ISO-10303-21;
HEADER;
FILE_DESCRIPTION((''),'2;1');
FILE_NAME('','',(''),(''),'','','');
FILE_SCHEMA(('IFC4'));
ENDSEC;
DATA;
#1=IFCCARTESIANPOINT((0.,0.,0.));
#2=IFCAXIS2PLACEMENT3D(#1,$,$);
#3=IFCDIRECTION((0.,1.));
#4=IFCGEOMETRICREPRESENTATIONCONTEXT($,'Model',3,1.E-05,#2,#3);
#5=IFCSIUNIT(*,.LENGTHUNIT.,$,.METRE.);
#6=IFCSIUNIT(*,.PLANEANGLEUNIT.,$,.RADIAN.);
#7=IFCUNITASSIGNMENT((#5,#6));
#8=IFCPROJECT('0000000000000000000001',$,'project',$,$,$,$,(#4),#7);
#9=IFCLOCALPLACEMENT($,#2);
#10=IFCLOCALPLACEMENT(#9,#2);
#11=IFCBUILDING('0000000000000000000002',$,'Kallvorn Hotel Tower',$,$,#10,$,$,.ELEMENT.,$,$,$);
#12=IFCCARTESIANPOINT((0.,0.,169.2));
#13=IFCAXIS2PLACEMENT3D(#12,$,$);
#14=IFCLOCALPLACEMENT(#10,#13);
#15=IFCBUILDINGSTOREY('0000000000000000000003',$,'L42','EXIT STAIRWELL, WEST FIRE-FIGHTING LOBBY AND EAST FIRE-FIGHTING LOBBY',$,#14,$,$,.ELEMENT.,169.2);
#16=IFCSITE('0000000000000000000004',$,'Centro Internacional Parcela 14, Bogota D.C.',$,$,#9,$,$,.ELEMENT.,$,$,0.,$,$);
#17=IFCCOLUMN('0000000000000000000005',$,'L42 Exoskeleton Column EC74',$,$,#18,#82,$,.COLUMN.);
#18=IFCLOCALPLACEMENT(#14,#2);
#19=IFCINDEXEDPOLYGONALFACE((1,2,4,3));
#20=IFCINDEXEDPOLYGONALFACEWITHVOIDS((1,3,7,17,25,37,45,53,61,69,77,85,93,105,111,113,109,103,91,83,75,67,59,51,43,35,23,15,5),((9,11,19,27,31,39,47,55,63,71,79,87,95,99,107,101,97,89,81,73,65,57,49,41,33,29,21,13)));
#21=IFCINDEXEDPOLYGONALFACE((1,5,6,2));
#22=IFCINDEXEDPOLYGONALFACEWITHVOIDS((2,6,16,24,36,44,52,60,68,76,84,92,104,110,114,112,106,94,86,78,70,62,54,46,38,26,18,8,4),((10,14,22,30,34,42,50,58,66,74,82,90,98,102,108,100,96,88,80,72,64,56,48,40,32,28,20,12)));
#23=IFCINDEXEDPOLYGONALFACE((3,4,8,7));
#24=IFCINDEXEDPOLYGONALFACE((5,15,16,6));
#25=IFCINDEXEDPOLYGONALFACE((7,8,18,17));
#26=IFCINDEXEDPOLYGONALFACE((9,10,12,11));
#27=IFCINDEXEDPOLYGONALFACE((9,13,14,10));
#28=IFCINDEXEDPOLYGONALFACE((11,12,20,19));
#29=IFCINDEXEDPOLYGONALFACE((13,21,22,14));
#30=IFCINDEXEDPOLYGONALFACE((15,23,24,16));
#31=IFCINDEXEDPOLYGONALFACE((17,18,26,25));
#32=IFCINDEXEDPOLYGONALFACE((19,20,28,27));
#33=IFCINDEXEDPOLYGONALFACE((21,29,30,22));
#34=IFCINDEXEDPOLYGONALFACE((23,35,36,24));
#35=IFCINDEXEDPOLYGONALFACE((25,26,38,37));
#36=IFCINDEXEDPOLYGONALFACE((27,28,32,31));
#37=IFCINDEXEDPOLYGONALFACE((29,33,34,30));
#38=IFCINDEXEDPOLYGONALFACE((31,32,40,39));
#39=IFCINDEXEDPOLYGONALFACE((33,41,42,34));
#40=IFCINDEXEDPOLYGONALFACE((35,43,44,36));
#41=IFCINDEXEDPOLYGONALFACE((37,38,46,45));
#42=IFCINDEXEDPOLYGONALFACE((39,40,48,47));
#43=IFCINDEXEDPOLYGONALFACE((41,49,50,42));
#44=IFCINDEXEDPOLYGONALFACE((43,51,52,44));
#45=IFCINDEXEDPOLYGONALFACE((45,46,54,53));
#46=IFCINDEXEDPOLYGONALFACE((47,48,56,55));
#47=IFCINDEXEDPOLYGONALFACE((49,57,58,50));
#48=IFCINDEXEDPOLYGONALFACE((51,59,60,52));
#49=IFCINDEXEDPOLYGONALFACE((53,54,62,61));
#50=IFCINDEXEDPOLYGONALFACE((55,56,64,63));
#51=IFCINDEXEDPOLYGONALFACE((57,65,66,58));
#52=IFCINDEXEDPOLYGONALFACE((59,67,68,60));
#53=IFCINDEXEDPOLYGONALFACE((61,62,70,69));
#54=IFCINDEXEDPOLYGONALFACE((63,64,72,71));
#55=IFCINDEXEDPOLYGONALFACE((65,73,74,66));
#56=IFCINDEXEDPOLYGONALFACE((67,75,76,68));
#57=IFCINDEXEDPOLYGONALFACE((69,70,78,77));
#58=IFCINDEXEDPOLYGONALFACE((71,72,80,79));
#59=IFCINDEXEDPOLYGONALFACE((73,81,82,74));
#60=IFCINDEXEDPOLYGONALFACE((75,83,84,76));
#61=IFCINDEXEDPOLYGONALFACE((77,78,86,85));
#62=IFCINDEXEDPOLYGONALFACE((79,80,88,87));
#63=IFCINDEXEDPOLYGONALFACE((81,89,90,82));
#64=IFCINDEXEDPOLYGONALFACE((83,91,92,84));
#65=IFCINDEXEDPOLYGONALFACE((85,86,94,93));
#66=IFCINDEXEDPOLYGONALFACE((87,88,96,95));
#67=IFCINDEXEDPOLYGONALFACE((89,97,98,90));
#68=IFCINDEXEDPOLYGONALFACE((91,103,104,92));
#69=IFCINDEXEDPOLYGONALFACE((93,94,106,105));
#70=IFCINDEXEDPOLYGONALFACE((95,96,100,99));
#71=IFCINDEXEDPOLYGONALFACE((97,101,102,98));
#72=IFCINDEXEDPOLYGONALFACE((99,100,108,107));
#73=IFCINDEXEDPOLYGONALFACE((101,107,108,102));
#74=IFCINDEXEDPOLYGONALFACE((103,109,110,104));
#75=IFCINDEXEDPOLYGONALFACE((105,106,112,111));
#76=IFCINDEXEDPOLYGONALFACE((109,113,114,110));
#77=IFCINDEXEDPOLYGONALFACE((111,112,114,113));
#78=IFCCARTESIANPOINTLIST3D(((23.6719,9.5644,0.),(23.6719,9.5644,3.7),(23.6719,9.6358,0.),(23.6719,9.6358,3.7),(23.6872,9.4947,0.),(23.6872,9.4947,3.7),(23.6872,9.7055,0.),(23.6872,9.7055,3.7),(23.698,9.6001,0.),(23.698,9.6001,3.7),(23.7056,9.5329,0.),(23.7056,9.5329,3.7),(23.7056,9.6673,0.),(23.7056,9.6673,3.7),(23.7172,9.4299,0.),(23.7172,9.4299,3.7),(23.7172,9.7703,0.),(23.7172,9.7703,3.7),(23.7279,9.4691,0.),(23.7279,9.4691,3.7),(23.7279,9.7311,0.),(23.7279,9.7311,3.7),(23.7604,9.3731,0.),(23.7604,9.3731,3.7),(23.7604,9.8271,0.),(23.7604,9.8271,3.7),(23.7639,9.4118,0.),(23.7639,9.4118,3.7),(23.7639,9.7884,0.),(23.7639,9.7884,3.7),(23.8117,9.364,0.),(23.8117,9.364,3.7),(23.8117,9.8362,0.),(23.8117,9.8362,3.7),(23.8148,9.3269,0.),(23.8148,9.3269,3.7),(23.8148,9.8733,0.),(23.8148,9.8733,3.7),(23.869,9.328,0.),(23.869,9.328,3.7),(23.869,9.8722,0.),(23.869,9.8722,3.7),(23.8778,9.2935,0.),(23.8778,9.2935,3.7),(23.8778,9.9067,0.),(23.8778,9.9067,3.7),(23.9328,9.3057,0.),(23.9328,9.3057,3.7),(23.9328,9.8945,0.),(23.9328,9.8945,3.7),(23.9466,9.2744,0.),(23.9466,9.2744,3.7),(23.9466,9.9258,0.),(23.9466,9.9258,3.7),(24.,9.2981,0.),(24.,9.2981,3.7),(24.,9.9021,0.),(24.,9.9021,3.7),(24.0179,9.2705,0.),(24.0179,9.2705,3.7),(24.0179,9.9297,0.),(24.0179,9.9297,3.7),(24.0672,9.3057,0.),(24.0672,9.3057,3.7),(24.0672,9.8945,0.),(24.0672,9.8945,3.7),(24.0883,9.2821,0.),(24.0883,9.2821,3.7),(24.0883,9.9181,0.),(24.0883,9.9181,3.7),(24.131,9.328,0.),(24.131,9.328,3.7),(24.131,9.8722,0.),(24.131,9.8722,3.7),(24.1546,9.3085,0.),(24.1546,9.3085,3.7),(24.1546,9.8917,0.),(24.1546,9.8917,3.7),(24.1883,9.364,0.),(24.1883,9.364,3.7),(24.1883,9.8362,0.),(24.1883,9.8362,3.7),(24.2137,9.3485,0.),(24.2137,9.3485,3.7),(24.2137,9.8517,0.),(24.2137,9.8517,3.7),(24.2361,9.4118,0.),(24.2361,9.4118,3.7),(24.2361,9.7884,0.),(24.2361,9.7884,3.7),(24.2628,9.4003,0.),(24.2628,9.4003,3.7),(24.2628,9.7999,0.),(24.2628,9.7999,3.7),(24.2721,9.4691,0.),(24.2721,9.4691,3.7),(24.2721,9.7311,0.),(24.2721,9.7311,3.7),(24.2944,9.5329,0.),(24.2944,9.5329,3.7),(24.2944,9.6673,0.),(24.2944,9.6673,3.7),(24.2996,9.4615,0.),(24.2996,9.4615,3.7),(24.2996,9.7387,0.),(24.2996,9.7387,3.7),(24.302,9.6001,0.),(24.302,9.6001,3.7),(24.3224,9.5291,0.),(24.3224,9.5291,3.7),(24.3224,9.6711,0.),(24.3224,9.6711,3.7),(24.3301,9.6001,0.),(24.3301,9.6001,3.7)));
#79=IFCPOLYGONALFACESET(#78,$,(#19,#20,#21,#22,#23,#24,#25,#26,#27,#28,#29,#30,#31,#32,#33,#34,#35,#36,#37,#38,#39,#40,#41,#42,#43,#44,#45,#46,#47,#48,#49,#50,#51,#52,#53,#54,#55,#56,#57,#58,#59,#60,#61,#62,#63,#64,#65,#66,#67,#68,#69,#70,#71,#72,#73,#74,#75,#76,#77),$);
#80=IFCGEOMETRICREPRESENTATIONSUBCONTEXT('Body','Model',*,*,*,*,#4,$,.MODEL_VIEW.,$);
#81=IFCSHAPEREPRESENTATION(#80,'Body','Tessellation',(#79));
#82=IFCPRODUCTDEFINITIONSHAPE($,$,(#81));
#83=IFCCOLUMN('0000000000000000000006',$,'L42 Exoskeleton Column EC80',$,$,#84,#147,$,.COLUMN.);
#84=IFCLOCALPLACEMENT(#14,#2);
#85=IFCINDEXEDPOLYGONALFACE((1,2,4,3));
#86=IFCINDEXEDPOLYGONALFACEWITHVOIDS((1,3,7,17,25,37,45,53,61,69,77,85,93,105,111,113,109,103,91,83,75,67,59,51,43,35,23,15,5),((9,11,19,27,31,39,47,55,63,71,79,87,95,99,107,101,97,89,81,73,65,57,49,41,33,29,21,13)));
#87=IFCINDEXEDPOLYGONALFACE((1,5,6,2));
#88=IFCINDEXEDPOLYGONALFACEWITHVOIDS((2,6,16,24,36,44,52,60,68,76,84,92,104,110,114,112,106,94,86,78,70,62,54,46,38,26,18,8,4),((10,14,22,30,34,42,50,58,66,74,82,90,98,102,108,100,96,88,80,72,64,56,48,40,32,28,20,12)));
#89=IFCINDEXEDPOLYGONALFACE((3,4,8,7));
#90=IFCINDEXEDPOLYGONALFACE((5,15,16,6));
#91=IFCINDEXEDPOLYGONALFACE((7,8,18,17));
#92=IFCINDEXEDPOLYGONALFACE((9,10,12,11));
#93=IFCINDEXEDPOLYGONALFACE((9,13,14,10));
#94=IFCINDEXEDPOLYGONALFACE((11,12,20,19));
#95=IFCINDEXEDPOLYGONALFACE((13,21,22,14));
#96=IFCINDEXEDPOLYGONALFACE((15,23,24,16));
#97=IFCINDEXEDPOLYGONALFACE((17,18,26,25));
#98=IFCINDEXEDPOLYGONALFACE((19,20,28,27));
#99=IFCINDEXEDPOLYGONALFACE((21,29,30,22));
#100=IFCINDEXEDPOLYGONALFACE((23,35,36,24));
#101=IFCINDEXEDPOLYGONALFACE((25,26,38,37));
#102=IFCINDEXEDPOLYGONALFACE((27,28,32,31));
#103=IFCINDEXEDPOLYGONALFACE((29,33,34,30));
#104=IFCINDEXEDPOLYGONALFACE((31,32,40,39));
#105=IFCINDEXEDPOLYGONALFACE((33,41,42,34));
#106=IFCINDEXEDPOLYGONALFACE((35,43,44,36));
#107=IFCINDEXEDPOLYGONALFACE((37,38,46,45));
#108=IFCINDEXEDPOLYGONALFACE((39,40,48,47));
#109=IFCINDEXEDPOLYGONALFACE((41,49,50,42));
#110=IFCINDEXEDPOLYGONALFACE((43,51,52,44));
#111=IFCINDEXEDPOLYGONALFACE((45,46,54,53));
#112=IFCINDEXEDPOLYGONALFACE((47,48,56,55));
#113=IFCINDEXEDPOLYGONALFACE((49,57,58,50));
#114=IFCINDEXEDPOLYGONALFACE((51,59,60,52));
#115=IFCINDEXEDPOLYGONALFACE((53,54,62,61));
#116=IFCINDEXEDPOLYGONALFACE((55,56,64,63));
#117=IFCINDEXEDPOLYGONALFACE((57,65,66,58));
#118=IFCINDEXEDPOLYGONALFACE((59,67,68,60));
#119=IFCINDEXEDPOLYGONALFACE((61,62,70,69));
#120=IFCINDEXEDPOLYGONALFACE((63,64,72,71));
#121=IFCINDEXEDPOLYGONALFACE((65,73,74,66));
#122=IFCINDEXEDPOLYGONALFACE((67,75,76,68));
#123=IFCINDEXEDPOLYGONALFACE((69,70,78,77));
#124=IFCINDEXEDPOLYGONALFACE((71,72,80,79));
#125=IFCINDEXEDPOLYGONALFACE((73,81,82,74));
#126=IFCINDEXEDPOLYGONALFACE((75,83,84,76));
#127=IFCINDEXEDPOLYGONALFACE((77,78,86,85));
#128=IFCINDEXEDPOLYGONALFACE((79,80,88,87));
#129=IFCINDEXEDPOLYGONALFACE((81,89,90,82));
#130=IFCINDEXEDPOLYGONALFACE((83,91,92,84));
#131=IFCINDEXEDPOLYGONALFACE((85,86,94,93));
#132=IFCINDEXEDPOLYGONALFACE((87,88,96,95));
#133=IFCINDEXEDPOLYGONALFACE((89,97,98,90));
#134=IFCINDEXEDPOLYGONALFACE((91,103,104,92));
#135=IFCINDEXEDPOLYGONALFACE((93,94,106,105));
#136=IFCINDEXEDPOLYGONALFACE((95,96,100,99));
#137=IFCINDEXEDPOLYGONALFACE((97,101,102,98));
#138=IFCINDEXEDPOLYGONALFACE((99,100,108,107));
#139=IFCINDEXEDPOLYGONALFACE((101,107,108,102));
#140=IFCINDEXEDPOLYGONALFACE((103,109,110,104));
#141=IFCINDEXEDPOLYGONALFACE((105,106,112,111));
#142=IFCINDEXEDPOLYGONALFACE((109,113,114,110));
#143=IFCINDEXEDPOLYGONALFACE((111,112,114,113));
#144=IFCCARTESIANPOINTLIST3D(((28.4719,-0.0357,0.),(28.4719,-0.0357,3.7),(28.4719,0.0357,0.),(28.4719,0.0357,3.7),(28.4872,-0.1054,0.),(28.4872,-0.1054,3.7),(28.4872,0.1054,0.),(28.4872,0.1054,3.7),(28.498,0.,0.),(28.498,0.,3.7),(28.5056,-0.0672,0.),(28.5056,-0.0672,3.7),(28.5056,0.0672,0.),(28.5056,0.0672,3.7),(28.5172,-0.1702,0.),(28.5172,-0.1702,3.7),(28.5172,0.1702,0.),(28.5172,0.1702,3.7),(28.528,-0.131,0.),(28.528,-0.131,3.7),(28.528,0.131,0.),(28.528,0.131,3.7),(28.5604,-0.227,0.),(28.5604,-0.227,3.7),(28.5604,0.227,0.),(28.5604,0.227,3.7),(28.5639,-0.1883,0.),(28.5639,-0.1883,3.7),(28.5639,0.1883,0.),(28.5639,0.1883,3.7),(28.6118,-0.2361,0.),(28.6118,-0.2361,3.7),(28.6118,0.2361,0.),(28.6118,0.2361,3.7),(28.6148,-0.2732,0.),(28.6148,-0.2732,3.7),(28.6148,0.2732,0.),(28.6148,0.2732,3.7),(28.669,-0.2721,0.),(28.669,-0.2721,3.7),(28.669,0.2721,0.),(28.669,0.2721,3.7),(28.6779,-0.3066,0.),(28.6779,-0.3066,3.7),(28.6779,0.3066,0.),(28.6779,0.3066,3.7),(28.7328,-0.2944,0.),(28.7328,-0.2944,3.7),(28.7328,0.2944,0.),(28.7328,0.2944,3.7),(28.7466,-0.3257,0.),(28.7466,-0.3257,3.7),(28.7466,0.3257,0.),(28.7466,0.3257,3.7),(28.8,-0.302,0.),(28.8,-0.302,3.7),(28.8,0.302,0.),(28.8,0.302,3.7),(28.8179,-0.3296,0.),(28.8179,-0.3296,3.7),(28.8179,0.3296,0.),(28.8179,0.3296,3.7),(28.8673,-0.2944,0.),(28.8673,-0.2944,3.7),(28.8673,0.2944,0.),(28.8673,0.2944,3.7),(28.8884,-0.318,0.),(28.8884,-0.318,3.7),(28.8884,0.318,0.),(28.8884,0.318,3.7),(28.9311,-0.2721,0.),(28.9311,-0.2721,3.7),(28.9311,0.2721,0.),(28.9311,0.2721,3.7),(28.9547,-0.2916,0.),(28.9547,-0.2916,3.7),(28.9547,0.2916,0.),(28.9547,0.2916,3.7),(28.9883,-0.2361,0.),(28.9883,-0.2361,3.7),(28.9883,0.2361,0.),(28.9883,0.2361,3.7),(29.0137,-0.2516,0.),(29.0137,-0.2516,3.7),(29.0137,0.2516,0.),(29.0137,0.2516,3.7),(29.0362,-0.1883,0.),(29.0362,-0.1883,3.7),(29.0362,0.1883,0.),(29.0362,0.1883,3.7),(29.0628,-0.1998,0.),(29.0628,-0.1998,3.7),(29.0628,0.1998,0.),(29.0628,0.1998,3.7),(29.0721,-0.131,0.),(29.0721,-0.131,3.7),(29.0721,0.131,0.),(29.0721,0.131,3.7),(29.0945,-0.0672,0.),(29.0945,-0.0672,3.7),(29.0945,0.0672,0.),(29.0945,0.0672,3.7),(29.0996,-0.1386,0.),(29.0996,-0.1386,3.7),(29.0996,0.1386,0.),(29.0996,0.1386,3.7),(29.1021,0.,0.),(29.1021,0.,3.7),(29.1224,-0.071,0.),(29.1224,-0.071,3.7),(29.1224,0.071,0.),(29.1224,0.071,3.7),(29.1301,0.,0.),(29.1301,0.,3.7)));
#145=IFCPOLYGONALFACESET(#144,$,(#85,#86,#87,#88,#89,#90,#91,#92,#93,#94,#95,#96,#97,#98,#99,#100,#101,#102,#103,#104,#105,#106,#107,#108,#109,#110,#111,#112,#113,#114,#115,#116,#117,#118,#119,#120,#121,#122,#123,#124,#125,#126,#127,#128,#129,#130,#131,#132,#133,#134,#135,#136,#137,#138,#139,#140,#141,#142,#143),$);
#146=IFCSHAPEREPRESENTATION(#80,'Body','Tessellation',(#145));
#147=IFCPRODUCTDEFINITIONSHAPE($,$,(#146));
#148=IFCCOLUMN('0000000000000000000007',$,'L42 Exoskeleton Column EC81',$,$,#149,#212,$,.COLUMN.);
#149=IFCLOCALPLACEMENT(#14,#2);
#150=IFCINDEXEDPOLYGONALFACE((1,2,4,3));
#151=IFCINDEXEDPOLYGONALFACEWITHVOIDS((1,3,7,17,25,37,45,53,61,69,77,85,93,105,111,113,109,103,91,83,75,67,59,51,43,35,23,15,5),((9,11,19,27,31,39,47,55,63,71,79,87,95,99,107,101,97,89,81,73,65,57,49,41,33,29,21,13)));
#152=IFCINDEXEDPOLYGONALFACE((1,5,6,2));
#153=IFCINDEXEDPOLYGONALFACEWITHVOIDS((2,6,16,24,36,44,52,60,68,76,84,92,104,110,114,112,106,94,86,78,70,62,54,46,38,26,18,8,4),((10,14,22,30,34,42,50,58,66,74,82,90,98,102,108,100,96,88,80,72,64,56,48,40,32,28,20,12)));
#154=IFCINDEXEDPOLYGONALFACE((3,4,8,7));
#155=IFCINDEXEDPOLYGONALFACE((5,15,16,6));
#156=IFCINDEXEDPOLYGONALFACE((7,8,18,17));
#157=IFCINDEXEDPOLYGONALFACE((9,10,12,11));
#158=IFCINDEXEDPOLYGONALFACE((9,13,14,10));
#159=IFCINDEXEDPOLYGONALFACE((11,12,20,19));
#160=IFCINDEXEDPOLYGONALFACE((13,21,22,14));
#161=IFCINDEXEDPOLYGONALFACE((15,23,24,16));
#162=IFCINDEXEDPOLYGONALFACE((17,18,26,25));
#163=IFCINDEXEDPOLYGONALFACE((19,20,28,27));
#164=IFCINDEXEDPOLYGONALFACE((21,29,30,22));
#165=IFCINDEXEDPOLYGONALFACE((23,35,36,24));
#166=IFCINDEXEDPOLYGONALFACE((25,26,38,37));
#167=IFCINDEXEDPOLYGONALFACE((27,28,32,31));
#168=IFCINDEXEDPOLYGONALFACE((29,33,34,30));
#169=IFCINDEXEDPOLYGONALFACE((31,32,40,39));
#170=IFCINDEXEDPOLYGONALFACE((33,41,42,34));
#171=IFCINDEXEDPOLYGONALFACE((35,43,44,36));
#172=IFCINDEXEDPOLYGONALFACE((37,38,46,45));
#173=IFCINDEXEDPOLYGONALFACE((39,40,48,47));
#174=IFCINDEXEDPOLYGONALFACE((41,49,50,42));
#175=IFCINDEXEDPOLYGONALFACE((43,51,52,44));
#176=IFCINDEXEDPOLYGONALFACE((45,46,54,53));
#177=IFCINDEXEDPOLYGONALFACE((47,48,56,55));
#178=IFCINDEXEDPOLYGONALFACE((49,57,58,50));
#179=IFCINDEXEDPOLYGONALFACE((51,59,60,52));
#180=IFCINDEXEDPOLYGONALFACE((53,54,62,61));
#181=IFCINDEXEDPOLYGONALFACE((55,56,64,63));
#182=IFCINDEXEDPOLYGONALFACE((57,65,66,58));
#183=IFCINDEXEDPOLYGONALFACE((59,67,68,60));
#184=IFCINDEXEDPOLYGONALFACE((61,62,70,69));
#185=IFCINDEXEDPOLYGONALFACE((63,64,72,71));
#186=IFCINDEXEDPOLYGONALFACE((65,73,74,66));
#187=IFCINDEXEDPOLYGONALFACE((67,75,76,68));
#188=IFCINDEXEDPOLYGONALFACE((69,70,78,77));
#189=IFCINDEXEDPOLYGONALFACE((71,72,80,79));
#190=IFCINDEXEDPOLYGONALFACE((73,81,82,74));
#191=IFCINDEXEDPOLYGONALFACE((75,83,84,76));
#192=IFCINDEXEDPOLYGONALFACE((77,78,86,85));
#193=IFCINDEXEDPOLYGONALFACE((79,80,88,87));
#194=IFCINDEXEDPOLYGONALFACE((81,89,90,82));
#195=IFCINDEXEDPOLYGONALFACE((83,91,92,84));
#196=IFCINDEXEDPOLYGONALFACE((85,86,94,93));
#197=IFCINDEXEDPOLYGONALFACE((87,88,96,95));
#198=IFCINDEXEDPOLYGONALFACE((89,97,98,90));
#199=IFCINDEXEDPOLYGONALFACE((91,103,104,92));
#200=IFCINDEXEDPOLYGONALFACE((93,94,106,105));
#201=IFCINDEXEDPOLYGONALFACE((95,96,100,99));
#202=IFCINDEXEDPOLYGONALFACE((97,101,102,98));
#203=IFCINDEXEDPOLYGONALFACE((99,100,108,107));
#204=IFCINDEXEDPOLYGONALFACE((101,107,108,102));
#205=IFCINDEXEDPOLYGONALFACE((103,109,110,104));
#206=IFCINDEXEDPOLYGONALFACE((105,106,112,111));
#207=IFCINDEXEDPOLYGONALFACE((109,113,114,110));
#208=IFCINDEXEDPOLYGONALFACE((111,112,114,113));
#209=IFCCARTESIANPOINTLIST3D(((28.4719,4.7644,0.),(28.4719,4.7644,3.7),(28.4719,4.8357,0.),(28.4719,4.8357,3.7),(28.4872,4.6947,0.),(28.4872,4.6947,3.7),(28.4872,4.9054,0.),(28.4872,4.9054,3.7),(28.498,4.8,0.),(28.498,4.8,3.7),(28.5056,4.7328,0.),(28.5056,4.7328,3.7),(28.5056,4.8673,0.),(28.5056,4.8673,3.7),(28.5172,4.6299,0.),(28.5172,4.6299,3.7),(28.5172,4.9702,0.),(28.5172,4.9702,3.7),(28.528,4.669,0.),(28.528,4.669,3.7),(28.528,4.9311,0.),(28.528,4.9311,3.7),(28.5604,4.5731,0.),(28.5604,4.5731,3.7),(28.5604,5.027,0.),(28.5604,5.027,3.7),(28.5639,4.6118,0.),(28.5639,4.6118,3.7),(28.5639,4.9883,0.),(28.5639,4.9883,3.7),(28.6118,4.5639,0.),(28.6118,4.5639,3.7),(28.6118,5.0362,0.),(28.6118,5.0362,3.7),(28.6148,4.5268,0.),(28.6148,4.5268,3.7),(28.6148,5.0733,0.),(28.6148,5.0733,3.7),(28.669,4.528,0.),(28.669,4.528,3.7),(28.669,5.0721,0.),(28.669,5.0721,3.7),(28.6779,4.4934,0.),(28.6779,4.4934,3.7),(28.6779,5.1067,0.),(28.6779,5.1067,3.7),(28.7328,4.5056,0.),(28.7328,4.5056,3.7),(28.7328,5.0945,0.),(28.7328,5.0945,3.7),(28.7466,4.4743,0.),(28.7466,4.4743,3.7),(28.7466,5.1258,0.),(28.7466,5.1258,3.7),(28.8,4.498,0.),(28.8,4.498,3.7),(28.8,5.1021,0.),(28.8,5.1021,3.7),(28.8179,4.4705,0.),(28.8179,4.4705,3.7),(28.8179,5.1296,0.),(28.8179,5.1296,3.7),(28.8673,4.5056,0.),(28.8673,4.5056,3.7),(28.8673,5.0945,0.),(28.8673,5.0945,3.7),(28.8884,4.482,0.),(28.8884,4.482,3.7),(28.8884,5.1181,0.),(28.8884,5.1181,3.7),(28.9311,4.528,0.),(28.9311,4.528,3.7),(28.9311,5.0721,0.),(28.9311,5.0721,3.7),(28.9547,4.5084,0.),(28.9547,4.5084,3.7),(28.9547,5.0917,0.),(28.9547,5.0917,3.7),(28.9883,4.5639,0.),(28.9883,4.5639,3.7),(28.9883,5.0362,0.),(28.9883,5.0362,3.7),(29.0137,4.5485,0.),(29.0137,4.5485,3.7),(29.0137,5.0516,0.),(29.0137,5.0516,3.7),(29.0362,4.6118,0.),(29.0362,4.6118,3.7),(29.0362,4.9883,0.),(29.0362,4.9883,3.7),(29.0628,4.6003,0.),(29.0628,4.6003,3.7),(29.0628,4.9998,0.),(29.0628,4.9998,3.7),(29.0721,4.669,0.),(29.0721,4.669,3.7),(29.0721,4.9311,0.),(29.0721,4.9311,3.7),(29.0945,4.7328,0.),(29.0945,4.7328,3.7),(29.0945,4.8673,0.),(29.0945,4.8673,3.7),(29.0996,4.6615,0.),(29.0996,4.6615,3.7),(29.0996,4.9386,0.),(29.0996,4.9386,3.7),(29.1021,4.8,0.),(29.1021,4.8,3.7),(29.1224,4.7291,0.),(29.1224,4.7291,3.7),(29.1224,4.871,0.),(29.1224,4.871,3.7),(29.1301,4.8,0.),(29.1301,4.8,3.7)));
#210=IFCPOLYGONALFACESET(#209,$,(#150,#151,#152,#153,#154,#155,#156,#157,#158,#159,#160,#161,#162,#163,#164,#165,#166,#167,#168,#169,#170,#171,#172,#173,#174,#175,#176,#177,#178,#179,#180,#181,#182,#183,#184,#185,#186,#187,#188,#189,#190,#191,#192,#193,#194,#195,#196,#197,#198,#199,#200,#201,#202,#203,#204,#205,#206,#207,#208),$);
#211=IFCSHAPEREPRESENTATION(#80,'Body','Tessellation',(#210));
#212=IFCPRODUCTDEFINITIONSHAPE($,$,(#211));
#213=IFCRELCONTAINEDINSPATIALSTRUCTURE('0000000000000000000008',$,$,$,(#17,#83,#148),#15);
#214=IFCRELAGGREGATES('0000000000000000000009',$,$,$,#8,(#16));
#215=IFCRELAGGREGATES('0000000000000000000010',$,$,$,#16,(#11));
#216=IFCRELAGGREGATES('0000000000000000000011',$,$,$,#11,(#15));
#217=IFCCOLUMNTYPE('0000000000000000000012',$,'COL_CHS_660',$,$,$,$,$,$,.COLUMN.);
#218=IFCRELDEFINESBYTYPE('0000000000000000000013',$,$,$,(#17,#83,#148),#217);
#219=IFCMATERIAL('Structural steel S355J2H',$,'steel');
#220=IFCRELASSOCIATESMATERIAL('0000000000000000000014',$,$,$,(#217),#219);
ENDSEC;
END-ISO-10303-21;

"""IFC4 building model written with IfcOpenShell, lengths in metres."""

from ifc_helpers import new_model, si_unit, direction, frame, origin, origin_2d, place, context, subcontext, project, spatial, hollow_circle, extrude, material, material_profile, profile_set, type_object, element, save


model = new_model("IFC4")

# Units and contexts
model_context = context("Model", 3, precision=1e-05, world=origin(), true_north=direction((0.0, 1.0)))
body_context = subcontext(model_context, "Body", "Model", "MODEL_VIEW")
ifc_project = project(units=[si_unit("LENGTHUNIT", "METRE"), si_unit("PLANEANGLEUNIT", "RADIAN")], contexts=[model_context])

# Site, building, storey
site_placement = place(None, origin())
site = spatial("IfcSite", under=ifc_project, at=site_placement, Name="Centro Internacional Parcela 14, Bogota D.C.", CompositionType="ELEMENT", RefElevation=0.0)
building_placement = place(site_placement, origin())
building = spatial("IfcBuilding", under=site, at=building_placement, Name="Kallvorn Hotel Tower", CompositionType="ELEMENT")
storey_placement = place(building_placement, frame((0.0, 0.0, 169.2)))
storey = spatial("IfcBuildingStorey", under=building, at=storey_placement, Name="L42", Description="EXIT STAIRWELL, WEST FIRE-FIGHTING LOBBY AND EAST FIRE-FIGHTING LOBBY", CompositionType="ELEMENT", Elevation=169.2)

# Columns
ifc_material_1 = material(Name="Structural steel S355J2H", Category="steel")
ifc_material_profile_1 = material_profile(ifc_material_1, hollow_circle(Radius=0.3301, WallThickness=0.0281, at=origin_2d()), Name="CHS 660x28")
ifc_profile_set_1 = profile_set([ifc_material_profile_1], Name="Structural steel S355J2H")
column_type_1 = type_object("IfcColumnType", Name="COL_CHS_660", PredefinedType="COLUMN", material=ifc_profile_set_1)
for number, where, z_axis, x_axis, name in (
    (1, (24.0, 9.6001, 0.0), (0.0, 0.0, 1.0), (1.0, 0.0, 0.0), "L42 Exoskeleton Column EC74"),
    (2, (28.8, 0.0, 0.0), (0.0, 0.0, 1.0), (1.0, 0.0, 0.0), "L42 Exoskeleton Column EC80"),
    (3, (28.8, 4.8, 0.0), (0.0, 0.0, 1.0), (1.0, 0.0, 0.0), "L42 Exoskeleton Column EC81"),
):
    element("IfcColumn", number, at=place(storey_placement, frame(where, z_axis=z_axis, x_axis=x_axis)), inside=storey, type_object=column_type_1, Name=name, PredefinedType="COLUMN", context=body_context, shape_type="SweptSolid", body=[
        extrude(hollow_circle(Radius=0.3301, WallThickness=0.0281, at=origin_2d()), origin(), (0.0, 0.0, 1.0), 3.7),
    ])

save(model, "model.ifc")
